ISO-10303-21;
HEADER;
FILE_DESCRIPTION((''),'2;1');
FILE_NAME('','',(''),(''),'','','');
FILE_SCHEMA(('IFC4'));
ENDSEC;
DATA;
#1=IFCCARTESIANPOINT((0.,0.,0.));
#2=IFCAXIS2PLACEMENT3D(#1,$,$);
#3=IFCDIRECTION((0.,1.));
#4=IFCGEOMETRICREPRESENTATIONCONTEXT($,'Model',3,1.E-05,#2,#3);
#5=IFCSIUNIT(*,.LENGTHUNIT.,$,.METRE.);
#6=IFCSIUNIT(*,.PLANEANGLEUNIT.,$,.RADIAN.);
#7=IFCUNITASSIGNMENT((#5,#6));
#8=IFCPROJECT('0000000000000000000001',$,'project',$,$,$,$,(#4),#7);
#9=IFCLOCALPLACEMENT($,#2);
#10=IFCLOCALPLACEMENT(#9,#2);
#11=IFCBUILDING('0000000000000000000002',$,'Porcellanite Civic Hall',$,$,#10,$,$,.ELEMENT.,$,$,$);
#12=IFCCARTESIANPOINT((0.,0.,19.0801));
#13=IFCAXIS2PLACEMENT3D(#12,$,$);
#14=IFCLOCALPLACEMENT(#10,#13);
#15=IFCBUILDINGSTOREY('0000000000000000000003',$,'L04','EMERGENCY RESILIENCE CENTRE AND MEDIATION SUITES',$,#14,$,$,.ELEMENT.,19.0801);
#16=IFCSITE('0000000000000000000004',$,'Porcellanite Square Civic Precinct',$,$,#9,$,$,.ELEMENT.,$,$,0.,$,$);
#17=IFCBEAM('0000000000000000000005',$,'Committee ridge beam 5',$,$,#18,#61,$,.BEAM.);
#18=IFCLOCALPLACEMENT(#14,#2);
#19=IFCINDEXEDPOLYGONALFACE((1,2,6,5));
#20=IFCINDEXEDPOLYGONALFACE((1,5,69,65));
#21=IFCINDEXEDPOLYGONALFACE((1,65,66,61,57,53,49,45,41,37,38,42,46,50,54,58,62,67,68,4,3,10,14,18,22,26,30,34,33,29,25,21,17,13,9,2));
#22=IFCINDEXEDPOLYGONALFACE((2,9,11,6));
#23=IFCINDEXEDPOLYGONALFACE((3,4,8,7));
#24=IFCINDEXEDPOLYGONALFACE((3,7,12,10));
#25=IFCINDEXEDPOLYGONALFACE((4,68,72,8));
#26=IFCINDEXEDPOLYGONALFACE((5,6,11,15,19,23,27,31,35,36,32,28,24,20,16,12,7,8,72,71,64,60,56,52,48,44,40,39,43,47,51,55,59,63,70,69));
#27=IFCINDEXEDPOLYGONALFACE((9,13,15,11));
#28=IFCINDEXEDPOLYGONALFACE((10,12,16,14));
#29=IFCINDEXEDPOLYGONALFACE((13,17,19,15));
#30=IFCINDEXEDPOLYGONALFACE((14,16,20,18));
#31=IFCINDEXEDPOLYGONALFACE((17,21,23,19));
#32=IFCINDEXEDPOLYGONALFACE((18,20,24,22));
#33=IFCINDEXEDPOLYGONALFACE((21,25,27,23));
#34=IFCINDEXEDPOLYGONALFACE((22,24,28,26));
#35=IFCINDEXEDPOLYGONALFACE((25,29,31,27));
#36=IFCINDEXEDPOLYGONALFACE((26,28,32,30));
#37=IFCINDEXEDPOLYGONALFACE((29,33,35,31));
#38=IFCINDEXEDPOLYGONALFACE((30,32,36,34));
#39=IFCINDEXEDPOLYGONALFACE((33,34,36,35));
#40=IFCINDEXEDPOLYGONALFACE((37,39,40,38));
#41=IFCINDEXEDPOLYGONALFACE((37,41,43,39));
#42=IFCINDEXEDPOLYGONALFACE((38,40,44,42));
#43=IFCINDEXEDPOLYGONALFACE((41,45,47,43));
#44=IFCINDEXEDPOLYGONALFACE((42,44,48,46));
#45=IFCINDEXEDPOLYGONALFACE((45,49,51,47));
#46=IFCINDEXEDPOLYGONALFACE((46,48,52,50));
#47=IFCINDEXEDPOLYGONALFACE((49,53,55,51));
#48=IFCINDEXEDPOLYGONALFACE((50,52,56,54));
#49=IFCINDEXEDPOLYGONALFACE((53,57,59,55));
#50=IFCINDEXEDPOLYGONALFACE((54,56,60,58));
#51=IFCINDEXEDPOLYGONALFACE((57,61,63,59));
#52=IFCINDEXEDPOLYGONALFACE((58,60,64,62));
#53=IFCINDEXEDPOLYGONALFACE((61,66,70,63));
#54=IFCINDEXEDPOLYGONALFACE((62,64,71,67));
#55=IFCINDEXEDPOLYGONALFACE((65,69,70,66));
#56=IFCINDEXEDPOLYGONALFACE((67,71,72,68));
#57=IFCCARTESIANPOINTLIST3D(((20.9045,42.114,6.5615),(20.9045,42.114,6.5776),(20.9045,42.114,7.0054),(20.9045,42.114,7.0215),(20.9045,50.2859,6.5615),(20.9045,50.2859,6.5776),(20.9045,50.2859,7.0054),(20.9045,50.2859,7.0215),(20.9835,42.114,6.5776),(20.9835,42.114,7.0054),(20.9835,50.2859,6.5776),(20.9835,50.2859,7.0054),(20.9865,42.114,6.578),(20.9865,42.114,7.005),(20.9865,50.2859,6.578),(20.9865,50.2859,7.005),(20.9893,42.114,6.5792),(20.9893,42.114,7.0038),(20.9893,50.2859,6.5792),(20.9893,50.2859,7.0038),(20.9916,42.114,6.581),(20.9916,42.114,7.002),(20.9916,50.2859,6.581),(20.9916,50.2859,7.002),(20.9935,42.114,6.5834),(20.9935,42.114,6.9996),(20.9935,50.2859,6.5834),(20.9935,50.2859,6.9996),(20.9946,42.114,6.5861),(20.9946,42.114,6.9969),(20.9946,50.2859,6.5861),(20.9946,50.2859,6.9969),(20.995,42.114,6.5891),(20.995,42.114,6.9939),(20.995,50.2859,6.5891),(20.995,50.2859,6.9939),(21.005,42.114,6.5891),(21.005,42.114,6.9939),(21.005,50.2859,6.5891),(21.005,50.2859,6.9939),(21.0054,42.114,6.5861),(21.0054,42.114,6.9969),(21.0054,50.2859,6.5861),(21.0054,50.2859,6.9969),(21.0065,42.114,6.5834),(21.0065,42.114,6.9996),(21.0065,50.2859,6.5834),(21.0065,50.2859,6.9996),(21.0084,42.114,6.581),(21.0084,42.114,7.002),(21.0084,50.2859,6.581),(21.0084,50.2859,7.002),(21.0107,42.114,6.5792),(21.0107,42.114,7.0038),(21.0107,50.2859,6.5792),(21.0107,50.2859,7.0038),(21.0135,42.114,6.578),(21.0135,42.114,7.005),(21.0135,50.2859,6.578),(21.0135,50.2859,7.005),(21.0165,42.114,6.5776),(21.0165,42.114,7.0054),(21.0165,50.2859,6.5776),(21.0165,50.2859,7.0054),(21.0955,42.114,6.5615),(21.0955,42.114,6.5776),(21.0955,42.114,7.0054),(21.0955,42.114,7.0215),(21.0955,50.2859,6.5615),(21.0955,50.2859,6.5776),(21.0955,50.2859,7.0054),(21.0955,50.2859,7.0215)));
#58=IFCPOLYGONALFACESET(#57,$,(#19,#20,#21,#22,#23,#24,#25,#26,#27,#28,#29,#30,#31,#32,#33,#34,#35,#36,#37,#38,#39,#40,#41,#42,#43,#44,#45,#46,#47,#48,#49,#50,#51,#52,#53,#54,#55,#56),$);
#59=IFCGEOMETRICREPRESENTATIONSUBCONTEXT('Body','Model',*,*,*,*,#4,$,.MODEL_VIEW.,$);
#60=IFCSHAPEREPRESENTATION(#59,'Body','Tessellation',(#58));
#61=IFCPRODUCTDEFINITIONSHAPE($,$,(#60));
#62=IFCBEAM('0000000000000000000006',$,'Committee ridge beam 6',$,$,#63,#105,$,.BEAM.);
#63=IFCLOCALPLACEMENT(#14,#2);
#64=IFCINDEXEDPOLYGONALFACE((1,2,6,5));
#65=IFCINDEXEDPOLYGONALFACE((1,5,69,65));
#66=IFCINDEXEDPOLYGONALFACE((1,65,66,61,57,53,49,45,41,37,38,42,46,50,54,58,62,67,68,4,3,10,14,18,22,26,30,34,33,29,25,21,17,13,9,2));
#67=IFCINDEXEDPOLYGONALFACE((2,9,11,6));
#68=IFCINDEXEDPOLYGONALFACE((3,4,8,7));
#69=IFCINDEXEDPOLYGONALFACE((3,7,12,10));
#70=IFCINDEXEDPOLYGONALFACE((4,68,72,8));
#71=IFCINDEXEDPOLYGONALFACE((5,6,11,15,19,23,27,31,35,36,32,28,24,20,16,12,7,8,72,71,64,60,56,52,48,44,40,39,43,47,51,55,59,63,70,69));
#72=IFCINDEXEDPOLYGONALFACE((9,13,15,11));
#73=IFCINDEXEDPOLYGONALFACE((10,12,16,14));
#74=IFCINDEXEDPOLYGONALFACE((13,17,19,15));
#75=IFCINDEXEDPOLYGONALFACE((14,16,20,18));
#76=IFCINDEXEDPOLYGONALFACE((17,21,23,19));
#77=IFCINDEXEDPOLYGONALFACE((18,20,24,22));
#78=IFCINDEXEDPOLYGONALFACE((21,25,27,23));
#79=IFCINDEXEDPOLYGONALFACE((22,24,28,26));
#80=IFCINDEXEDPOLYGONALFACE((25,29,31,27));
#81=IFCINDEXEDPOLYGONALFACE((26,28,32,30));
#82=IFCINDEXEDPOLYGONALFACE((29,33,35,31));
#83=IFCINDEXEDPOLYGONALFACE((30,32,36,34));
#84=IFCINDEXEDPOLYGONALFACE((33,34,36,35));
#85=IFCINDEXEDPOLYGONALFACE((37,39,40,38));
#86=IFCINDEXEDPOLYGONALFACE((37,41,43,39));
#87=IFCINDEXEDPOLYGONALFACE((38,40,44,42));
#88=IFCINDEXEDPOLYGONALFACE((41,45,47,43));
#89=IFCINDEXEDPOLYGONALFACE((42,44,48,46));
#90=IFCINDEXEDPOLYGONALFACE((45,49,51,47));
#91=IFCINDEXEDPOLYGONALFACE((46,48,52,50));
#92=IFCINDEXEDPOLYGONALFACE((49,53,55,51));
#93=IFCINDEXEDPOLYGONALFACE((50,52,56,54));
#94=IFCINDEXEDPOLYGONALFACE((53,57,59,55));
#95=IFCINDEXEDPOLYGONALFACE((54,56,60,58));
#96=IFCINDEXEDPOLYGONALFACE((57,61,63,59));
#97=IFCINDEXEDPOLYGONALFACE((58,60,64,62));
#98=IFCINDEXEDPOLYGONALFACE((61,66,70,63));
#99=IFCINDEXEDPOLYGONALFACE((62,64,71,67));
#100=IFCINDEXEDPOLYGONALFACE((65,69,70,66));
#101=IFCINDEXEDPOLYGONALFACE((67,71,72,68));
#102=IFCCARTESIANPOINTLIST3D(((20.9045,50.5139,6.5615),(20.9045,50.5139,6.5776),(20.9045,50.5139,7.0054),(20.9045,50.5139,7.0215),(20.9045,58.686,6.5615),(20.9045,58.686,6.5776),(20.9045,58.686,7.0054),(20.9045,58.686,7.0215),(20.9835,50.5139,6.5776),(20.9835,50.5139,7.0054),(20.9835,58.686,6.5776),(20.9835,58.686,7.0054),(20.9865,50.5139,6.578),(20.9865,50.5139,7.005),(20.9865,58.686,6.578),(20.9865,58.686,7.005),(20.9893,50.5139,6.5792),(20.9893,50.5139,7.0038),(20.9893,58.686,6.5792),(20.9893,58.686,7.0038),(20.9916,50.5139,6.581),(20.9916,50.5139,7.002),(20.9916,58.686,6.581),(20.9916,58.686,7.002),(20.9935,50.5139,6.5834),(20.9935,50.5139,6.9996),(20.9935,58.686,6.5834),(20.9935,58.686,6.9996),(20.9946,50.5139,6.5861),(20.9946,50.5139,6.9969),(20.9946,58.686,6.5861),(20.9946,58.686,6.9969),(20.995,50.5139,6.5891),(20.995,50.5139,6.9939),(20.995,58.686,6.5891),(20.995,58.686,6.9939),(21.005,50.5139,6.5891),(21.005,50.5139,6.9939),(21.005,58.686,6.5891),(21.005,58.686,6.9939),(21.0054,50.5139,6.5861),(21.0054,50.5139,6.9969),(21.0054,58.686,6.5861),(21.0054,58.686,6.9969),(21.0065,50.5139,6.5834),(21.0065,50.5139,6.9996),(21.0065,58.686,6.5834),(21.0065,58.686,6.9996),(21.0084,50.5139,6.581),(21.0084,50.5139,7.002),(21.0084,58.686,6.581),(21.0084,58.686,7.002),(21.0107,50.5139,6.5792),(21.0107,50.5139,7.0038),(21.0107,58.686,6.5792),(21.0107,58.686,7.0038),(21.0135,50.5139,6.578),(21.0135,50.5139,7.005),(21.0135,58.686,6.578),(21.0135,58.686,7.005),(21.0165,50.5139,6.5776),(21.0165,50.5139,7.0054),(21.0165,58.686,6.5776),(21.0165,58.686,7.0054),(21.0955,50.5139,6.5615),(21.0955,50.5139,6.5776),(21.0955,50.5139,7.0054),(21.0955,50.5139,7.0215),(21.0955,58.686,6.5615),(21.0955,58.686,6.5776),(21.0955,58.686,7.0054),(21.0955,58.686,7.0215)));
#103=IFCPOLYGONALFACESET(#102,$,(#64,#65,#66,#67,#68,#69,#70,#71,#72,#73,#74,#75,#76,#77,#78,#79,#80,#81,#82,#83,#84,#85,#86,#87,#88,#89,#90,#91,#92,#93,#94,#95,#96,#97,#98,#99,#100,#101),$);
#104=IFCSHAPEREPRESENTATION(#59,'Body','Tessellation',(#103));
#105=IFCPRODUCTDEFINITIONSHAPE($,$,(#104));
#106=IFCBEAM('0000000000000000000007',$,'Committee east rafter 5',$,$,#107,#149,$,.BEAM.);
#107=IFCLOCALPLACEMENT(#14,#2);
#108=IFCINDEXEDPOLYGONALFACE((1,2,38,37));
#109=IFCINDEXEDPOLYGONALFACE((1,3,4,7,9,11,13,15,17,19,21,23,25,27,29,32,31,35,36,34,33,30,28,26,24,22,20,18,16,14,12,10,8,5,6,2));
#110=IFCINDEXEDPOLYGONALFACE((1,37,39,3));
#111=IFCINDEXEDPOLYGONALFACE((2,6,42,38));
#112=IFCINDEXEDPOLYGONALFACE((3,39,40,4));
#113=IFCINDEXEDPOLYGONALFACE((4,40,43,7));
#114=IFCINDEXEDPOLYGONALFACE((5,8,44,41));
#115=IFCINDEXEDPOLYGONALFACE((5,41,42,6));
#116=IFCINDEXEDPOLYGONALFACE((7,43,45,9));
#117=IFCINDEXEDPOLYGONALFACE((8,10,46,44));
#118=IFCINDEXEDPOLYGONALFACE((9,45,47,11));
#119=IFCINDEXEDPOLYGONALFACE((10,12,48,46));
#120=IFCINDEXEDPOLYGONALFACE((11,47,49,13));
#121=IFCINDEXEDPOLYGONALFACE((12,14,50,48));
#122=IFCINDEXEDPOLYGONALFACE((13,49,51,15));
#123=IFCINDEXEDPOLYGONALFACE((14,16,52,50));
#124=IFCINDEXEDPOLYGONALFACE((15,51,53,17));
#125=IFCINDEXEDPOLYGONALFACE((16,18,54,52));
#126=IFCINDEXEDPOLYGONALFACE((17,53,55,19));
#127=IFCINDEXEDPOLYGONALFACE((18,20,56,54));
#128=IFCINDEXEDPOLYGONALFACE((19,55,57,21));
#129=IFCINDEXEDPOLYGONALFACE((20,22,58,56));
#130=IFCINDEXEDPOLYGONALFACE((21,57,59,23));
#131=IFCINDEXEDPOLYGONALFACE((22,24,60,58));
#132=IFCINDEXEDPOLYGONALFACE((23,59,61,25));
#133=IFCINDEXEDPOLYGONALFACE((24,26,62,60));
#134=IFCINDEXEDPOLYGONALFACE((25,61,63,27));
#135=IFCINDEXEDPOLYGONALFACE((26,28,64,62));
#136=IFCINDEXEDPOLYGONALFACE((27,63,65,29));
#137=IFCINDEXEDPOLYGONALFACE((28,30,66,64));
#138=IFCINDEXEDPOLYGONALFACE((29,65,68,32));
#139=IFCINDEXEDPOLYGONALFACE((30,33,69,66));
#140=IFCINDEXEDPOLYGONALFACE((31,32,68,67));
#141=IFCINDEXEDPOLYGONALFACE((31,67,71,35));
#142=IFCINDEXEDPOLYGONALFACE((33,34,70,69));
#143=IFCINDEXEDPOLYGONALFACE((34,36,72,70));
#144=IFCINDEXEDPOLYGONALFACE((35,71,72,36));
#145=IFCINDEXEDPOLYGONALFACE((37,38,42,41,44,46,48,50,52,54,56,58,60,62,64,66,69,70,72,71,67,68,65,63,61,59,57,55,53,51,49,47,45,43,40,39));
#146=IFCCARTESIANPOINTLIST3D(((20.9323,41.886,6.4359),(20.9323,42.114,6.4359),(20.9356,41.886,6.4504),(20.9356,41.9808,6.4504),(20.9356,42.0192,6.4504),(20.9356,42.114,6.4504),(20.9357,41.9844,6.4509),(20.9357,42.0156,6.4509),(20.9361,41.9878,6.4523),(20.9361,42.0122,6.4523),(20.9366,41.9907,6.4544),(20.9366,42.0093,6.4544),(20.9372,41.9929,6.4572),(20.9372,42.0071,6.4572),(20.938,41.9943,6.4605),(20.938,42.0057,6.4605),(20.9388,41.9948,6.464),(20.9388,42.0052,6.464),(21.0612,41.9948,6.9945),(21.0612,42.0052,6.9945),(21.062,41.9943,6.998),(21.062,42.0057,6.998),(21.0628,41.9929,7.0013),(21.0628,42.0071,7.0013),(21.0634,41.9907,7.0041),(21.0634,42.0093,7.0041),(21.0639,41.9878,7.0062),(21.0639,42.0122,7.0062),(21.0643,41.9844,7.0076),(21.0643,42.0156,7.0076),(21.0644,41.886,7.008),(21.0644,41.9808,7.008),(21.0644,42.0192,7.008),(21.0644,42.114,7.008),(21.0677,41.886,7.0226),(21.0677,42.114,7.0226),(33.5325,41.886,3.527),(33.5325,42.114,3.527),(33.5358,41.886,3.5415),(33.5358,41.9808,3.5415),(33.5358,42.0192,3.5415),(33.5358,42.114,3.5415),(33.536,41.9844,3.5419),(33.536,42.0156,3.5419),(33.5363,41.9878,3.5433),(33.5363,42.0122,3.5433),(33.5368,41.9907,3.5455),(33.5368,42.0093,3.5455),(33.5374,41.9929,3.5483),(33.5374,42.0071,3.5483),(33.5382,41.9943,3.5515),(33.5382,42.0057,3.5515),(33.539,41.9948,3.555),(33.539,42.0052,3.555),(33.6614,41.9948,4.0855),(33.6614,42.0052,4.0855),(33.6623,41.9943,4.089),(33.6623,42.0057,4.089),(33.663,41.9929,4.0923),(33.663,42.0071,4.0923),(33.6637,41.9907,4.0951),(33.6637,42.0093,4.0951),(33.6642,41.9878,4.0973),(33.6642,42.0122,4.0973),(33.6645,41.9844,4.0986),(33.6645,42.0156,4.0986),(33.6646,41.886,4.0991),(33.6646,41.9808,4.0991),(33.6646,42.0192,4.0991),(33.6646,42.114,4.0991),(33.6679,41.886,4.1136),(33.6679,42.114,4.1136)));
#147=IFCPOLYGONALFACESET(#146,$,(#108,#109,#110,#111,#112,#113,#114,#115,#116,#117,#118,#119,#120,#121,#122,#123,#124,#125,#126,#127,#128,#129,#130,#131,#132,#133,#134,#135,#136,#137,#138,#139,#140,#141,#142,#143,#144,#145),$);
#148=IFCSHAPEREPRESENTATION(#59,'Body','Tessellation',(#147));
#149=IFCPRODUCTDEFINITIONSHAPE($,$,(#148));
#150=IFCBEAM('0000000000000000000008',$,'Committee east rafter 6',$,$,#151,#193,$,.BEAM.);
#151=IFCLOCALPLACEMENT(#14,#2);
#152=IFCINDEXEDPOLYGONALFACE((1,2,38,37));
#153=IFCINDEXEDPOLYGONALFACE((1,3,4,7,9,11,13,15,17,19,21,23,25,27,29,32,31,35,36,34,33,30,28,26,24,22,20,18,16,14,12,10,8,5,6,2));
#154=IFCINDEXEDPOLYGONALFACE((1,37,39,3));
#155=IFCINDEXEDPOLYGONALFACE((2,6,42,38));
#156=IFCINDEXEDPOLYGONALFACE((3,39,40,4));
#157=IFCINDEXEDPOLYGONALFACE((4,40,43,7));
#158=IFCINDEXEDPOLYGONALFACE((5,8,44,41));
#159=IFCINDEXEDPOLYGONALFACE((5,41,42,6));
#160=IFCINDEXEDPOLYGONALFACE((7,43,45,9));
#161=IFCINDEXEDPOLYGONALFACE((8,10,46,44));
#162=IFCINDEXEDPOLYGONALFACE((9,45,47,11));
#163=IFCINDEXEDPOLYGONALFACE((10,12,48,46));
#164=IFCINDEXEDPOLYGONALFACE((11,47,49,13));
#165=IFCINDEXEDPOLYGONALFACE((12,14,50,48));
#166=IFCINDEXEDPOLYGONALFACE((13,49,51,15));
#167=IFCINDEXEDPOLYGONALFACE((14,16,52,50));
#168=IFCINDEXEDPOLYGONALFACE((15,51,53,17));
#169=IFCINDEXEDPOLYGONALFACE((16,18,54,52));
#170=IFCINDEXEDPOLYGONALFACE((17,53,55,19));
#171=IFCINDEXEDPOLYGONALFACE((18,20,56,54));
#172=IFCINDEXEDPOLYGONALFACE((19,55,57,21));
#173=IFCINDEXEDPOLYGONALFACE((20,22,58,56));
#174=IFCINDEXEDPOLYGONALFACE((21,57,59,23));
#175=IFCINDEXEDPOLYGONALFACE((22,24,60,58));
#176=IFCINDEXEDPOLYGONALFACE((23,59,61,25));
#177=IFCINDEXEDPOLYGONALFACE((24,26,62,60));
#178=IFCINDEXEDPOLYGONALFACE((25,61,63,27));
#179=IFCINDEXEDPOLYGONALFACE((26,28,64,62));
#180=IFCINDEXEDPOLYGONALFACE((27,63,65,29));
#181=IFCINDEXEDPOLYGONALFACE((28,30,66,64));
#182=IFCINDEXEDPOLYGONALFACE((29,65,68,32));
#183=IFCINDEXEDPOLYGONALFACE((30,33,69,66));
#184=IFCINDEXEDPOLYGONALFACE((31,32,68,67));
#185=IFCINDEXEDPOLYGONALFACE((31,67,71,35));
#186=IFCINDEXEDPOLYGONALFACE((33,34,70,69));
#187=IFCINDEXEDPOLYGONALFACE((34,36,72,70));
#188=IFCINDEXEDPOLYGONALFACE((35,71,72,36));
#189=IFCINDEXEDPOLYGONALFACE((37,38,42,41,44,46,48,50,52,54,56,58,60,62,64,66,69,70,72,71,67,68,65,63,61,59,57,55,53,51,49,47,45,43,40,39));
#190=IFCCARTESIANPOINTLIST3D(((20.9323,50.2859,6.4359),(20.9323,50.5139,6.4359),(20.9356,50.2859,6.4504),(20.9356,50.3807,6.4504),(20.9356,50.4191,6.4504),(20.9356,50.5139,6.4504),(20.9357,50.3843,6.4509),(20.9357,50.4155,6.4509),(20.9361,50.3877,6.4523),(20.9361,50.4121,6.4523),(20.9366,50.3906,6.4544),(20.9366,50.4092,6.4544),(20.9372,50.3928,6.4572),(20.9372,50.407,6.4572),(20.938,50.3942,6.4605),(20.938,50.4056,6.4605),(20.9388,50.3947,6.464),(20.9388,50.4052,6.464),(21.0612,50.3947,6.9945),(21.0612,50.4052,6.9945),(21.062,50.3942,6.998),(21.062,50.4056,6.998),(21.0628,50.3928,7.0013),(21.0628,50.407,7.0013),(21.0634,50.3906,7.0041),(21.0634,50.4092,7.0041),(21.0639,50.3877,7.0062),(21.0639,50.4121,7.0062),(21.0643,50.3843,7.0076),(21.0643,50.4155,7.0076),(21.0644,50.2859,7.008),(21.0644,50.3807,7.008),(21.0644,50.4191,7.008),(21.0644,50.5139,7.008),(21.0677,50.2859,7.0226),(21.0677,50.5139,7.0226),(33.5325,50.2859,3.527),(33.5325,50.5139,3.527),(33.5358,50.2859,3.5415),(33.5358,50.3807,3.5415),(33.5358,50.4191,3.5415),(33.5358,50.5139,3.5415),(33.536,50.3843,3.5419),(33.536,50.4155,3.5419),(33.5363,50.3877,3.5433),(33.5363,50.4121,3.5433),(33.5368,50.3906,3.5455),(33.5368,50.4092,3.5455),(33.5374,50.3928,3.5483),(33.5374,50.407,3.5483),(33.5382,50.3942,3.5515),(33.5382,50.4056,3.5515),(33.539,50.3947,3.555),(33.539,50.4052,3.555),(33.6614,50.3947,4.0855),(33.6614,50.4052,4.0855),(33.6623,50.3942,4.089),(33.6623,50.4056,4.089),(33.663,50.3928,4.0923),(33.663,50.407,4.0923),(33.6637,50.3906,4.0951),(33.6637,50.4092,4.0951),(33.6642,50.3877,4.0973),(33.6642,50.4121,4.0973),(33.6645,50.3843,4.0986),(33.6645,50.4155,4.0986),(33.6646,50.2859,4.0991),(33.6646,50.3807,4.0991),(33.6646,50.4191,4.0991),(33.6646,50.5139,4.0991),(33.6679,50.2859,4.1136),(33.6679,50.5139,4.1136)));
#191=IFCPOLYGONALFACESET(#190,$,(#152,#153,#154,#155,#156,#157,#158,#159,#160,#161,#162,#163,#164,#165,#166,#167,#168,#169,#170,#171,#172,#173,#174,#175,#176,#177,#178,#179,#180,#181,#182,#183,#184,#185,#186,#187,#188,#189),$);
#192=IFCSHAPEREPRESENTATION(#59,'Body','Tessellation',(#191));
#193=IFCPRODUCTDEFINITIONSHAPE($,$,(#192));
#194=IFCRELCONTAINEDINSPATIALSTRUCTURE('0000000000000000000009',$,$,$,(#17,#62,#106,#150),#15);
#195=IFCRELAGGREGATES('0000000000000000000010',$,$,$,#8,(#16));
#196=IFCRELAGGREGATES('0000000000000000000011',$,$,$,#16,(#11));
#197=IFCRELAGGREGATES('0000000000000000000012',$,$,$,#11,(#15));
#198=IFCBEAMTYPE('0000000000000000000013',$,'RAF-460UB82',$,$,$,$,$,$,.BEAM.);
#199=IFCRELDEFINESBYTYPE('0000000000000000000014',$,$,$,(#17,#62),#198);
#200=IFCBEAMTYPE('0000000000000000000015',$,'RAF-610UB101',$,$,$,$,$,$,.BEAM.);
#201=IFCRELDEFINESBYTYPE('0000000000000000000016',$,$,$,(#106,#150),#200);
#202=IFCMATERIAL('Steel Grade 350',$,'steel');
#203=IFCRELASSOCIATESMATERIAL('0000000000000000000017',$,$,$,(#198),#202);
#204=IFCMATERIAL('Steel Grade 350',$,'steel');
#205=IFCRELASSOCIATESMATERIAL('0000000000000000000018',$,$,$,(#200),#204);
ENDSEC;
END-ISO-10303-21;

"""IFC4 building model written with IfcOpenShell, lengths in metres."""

from ifc_helpers import new_model, si_unit, direction, frame, origin, origin_2d, place, context, subcontext, project, spatial, i_section, extrude, material, material_profile, profile_set, type_object, element, save


model = new_model("IFC4")

# Units and contexts
model_context = context("Model", 3, precision=1e-05, world=origin(), true_north=direction((0.0, 1.0)))
body_context = subcontext(model_context, "Body", "Model", "MODEL_VIEW")
ifc_project = project(units=[si_unit("LENGTHUNIT", "METRE"), si_unit("PLANEANGLEUNIT", "RADIAN")], contexts=[model_context])

# Site, building, storey
site_placement = place(None, origin())
site = spatial("IfcSite", under=ifc_project, at=site_placement, Name="Porcellanite Square Civic Precinct", CompositionType="ELEMENT", RefElevation=0.0)
building_placement = place(site_placement, origin())
building = spatial("IfcBuilding", under=site, at=building_placement, Name="Porcellanite Civic Hall", CompositionType="ELEMENT")
storey_placement = place(building_placement, frame((0.0, 0.0, 19.0801)))
storey = spatial("IfcBuildingStorey", under=building, at=storey_placement, Name="L04", Description="EMERGENCY RESILIENCE CENTRE AND MEDIATION SUITES", CompositionType="ELEMENT", Elevation=19.0801)

# Beams
ifc_material_1 = material(Name="Steel Grade 350", Category="steel")
ifc_material_profile_1 = material_profile(ifc_material_1, i_section(OverallWidth=0.1909, OverallDepth=0.46, WebThickness=0.01, FlangeThickness=0.0161, FilletRadius=0.0115, at=origin_2d()), Name="460UB82.1")
ifc_profile_set_1 = profile_set([ifc_material_profile_1], Name="Steel Grade 350")
beam_type_1 = type_object("IfcBeamType", Name="RAF-460UB82", PredefinedType="BEAM", material=ifc_profile_set_1)
beam_1_placement = place(storey_placement, frame((21.0, 42.114, 6.7915), z_axis=(0.0, 1.0, 0.0), x_axis=(-1.0, 0.0, 0.0)))
element("IfcBeam", 1, at=beam_1_placement, inside=storey, type_object=beam_type_1, Name="Committee ridge beam 5", PredefinedType="BEAM", context=body_context, shape_type="SweptSolid", body=[
    extrude(i_section(OverallWidth=0.1909, OverallDepth=0.46, WebThickness=0.01, FlangeThickness=0.0161, FilletRadius=0.0115, at=origin_2d()), origin(), (0.0, 0.0, 1.0), 8.1719),
])
beam_2_placement = place(storey_placement, frame((21.0, 50.5139, 6.7915), z_axis=(0.0, 1.0, 0.0), x_axis=(-1.0, 0.0, 0.0)))
element("IfcBeam", 2, at=beam_2_placement, inside=storey, type_object=beam_type_1, Name="Committee ridge beam 6", PredefinedType="BEAM", context=body_context, shape_type="SweptSolid", body=[
    extrude(i_section(OverallWidth=0.1909, OverallDepth=0.46, WebThickness=0.01, FlangeThickness=0.0161, FilletRadius=0.0115, at=origin_2d()), origin(), (0.0, 0.0, 1.0), 8.1721),
])
ifc_material_2 = material(Name="Steel Grade 350", Category="steel")
ifc_material_profile_2 = material_profile(ifc_material_2, i_section(OverallWidth=0.228, OverallDepth=0.6021, WebThickness=0.0105, FlangeThickness=0.0149, FilletRadius=0.0139, at=origin_2d()), Name="610UB101")
ifc_profile_set_2 = profile_set([ifc_material_profile_2], Name="Steel Grade 350")
beam_type_2 = type_object("IfcBeamType", Name="RAF-610UB101", PredefinedType="BEAM", material=ifc_profile_set_2)
for number, where, z_axis, x_axis, name in (
    (3, (21.0, 42.0, 6.7292), (0.974371, 0.0, -0.224949), (0.0, 1.0, 0.0), "Committee east rafter 5"),
    (4, (21.0, 50.3999, 6.7292), (0.974371, 0.0, -0.224949), (0.0, 1.0, 0.0), "Committee east rafter 6"),
):
    element("IfcBeam", number, at=place(storey_placement, frame(where, z_axis=z_axis, x_axis=x_axis)), inside=storey, type_object=beam_type_2, Name=name, PredefinedType="BEAM", context=body_context, shape_type="SweptSolid", body=[
        extrude(i_section(OverallWidth=0.228, OverallDepth=0.6021, WebThickness=0.0105, FlangeThickness=0.0149, FilletRadius=0.0139, at=origin_2d()), origin(), (0.0, 0.0, 1.0), 12.9316),
    ])

save(model, "model.ifc")
